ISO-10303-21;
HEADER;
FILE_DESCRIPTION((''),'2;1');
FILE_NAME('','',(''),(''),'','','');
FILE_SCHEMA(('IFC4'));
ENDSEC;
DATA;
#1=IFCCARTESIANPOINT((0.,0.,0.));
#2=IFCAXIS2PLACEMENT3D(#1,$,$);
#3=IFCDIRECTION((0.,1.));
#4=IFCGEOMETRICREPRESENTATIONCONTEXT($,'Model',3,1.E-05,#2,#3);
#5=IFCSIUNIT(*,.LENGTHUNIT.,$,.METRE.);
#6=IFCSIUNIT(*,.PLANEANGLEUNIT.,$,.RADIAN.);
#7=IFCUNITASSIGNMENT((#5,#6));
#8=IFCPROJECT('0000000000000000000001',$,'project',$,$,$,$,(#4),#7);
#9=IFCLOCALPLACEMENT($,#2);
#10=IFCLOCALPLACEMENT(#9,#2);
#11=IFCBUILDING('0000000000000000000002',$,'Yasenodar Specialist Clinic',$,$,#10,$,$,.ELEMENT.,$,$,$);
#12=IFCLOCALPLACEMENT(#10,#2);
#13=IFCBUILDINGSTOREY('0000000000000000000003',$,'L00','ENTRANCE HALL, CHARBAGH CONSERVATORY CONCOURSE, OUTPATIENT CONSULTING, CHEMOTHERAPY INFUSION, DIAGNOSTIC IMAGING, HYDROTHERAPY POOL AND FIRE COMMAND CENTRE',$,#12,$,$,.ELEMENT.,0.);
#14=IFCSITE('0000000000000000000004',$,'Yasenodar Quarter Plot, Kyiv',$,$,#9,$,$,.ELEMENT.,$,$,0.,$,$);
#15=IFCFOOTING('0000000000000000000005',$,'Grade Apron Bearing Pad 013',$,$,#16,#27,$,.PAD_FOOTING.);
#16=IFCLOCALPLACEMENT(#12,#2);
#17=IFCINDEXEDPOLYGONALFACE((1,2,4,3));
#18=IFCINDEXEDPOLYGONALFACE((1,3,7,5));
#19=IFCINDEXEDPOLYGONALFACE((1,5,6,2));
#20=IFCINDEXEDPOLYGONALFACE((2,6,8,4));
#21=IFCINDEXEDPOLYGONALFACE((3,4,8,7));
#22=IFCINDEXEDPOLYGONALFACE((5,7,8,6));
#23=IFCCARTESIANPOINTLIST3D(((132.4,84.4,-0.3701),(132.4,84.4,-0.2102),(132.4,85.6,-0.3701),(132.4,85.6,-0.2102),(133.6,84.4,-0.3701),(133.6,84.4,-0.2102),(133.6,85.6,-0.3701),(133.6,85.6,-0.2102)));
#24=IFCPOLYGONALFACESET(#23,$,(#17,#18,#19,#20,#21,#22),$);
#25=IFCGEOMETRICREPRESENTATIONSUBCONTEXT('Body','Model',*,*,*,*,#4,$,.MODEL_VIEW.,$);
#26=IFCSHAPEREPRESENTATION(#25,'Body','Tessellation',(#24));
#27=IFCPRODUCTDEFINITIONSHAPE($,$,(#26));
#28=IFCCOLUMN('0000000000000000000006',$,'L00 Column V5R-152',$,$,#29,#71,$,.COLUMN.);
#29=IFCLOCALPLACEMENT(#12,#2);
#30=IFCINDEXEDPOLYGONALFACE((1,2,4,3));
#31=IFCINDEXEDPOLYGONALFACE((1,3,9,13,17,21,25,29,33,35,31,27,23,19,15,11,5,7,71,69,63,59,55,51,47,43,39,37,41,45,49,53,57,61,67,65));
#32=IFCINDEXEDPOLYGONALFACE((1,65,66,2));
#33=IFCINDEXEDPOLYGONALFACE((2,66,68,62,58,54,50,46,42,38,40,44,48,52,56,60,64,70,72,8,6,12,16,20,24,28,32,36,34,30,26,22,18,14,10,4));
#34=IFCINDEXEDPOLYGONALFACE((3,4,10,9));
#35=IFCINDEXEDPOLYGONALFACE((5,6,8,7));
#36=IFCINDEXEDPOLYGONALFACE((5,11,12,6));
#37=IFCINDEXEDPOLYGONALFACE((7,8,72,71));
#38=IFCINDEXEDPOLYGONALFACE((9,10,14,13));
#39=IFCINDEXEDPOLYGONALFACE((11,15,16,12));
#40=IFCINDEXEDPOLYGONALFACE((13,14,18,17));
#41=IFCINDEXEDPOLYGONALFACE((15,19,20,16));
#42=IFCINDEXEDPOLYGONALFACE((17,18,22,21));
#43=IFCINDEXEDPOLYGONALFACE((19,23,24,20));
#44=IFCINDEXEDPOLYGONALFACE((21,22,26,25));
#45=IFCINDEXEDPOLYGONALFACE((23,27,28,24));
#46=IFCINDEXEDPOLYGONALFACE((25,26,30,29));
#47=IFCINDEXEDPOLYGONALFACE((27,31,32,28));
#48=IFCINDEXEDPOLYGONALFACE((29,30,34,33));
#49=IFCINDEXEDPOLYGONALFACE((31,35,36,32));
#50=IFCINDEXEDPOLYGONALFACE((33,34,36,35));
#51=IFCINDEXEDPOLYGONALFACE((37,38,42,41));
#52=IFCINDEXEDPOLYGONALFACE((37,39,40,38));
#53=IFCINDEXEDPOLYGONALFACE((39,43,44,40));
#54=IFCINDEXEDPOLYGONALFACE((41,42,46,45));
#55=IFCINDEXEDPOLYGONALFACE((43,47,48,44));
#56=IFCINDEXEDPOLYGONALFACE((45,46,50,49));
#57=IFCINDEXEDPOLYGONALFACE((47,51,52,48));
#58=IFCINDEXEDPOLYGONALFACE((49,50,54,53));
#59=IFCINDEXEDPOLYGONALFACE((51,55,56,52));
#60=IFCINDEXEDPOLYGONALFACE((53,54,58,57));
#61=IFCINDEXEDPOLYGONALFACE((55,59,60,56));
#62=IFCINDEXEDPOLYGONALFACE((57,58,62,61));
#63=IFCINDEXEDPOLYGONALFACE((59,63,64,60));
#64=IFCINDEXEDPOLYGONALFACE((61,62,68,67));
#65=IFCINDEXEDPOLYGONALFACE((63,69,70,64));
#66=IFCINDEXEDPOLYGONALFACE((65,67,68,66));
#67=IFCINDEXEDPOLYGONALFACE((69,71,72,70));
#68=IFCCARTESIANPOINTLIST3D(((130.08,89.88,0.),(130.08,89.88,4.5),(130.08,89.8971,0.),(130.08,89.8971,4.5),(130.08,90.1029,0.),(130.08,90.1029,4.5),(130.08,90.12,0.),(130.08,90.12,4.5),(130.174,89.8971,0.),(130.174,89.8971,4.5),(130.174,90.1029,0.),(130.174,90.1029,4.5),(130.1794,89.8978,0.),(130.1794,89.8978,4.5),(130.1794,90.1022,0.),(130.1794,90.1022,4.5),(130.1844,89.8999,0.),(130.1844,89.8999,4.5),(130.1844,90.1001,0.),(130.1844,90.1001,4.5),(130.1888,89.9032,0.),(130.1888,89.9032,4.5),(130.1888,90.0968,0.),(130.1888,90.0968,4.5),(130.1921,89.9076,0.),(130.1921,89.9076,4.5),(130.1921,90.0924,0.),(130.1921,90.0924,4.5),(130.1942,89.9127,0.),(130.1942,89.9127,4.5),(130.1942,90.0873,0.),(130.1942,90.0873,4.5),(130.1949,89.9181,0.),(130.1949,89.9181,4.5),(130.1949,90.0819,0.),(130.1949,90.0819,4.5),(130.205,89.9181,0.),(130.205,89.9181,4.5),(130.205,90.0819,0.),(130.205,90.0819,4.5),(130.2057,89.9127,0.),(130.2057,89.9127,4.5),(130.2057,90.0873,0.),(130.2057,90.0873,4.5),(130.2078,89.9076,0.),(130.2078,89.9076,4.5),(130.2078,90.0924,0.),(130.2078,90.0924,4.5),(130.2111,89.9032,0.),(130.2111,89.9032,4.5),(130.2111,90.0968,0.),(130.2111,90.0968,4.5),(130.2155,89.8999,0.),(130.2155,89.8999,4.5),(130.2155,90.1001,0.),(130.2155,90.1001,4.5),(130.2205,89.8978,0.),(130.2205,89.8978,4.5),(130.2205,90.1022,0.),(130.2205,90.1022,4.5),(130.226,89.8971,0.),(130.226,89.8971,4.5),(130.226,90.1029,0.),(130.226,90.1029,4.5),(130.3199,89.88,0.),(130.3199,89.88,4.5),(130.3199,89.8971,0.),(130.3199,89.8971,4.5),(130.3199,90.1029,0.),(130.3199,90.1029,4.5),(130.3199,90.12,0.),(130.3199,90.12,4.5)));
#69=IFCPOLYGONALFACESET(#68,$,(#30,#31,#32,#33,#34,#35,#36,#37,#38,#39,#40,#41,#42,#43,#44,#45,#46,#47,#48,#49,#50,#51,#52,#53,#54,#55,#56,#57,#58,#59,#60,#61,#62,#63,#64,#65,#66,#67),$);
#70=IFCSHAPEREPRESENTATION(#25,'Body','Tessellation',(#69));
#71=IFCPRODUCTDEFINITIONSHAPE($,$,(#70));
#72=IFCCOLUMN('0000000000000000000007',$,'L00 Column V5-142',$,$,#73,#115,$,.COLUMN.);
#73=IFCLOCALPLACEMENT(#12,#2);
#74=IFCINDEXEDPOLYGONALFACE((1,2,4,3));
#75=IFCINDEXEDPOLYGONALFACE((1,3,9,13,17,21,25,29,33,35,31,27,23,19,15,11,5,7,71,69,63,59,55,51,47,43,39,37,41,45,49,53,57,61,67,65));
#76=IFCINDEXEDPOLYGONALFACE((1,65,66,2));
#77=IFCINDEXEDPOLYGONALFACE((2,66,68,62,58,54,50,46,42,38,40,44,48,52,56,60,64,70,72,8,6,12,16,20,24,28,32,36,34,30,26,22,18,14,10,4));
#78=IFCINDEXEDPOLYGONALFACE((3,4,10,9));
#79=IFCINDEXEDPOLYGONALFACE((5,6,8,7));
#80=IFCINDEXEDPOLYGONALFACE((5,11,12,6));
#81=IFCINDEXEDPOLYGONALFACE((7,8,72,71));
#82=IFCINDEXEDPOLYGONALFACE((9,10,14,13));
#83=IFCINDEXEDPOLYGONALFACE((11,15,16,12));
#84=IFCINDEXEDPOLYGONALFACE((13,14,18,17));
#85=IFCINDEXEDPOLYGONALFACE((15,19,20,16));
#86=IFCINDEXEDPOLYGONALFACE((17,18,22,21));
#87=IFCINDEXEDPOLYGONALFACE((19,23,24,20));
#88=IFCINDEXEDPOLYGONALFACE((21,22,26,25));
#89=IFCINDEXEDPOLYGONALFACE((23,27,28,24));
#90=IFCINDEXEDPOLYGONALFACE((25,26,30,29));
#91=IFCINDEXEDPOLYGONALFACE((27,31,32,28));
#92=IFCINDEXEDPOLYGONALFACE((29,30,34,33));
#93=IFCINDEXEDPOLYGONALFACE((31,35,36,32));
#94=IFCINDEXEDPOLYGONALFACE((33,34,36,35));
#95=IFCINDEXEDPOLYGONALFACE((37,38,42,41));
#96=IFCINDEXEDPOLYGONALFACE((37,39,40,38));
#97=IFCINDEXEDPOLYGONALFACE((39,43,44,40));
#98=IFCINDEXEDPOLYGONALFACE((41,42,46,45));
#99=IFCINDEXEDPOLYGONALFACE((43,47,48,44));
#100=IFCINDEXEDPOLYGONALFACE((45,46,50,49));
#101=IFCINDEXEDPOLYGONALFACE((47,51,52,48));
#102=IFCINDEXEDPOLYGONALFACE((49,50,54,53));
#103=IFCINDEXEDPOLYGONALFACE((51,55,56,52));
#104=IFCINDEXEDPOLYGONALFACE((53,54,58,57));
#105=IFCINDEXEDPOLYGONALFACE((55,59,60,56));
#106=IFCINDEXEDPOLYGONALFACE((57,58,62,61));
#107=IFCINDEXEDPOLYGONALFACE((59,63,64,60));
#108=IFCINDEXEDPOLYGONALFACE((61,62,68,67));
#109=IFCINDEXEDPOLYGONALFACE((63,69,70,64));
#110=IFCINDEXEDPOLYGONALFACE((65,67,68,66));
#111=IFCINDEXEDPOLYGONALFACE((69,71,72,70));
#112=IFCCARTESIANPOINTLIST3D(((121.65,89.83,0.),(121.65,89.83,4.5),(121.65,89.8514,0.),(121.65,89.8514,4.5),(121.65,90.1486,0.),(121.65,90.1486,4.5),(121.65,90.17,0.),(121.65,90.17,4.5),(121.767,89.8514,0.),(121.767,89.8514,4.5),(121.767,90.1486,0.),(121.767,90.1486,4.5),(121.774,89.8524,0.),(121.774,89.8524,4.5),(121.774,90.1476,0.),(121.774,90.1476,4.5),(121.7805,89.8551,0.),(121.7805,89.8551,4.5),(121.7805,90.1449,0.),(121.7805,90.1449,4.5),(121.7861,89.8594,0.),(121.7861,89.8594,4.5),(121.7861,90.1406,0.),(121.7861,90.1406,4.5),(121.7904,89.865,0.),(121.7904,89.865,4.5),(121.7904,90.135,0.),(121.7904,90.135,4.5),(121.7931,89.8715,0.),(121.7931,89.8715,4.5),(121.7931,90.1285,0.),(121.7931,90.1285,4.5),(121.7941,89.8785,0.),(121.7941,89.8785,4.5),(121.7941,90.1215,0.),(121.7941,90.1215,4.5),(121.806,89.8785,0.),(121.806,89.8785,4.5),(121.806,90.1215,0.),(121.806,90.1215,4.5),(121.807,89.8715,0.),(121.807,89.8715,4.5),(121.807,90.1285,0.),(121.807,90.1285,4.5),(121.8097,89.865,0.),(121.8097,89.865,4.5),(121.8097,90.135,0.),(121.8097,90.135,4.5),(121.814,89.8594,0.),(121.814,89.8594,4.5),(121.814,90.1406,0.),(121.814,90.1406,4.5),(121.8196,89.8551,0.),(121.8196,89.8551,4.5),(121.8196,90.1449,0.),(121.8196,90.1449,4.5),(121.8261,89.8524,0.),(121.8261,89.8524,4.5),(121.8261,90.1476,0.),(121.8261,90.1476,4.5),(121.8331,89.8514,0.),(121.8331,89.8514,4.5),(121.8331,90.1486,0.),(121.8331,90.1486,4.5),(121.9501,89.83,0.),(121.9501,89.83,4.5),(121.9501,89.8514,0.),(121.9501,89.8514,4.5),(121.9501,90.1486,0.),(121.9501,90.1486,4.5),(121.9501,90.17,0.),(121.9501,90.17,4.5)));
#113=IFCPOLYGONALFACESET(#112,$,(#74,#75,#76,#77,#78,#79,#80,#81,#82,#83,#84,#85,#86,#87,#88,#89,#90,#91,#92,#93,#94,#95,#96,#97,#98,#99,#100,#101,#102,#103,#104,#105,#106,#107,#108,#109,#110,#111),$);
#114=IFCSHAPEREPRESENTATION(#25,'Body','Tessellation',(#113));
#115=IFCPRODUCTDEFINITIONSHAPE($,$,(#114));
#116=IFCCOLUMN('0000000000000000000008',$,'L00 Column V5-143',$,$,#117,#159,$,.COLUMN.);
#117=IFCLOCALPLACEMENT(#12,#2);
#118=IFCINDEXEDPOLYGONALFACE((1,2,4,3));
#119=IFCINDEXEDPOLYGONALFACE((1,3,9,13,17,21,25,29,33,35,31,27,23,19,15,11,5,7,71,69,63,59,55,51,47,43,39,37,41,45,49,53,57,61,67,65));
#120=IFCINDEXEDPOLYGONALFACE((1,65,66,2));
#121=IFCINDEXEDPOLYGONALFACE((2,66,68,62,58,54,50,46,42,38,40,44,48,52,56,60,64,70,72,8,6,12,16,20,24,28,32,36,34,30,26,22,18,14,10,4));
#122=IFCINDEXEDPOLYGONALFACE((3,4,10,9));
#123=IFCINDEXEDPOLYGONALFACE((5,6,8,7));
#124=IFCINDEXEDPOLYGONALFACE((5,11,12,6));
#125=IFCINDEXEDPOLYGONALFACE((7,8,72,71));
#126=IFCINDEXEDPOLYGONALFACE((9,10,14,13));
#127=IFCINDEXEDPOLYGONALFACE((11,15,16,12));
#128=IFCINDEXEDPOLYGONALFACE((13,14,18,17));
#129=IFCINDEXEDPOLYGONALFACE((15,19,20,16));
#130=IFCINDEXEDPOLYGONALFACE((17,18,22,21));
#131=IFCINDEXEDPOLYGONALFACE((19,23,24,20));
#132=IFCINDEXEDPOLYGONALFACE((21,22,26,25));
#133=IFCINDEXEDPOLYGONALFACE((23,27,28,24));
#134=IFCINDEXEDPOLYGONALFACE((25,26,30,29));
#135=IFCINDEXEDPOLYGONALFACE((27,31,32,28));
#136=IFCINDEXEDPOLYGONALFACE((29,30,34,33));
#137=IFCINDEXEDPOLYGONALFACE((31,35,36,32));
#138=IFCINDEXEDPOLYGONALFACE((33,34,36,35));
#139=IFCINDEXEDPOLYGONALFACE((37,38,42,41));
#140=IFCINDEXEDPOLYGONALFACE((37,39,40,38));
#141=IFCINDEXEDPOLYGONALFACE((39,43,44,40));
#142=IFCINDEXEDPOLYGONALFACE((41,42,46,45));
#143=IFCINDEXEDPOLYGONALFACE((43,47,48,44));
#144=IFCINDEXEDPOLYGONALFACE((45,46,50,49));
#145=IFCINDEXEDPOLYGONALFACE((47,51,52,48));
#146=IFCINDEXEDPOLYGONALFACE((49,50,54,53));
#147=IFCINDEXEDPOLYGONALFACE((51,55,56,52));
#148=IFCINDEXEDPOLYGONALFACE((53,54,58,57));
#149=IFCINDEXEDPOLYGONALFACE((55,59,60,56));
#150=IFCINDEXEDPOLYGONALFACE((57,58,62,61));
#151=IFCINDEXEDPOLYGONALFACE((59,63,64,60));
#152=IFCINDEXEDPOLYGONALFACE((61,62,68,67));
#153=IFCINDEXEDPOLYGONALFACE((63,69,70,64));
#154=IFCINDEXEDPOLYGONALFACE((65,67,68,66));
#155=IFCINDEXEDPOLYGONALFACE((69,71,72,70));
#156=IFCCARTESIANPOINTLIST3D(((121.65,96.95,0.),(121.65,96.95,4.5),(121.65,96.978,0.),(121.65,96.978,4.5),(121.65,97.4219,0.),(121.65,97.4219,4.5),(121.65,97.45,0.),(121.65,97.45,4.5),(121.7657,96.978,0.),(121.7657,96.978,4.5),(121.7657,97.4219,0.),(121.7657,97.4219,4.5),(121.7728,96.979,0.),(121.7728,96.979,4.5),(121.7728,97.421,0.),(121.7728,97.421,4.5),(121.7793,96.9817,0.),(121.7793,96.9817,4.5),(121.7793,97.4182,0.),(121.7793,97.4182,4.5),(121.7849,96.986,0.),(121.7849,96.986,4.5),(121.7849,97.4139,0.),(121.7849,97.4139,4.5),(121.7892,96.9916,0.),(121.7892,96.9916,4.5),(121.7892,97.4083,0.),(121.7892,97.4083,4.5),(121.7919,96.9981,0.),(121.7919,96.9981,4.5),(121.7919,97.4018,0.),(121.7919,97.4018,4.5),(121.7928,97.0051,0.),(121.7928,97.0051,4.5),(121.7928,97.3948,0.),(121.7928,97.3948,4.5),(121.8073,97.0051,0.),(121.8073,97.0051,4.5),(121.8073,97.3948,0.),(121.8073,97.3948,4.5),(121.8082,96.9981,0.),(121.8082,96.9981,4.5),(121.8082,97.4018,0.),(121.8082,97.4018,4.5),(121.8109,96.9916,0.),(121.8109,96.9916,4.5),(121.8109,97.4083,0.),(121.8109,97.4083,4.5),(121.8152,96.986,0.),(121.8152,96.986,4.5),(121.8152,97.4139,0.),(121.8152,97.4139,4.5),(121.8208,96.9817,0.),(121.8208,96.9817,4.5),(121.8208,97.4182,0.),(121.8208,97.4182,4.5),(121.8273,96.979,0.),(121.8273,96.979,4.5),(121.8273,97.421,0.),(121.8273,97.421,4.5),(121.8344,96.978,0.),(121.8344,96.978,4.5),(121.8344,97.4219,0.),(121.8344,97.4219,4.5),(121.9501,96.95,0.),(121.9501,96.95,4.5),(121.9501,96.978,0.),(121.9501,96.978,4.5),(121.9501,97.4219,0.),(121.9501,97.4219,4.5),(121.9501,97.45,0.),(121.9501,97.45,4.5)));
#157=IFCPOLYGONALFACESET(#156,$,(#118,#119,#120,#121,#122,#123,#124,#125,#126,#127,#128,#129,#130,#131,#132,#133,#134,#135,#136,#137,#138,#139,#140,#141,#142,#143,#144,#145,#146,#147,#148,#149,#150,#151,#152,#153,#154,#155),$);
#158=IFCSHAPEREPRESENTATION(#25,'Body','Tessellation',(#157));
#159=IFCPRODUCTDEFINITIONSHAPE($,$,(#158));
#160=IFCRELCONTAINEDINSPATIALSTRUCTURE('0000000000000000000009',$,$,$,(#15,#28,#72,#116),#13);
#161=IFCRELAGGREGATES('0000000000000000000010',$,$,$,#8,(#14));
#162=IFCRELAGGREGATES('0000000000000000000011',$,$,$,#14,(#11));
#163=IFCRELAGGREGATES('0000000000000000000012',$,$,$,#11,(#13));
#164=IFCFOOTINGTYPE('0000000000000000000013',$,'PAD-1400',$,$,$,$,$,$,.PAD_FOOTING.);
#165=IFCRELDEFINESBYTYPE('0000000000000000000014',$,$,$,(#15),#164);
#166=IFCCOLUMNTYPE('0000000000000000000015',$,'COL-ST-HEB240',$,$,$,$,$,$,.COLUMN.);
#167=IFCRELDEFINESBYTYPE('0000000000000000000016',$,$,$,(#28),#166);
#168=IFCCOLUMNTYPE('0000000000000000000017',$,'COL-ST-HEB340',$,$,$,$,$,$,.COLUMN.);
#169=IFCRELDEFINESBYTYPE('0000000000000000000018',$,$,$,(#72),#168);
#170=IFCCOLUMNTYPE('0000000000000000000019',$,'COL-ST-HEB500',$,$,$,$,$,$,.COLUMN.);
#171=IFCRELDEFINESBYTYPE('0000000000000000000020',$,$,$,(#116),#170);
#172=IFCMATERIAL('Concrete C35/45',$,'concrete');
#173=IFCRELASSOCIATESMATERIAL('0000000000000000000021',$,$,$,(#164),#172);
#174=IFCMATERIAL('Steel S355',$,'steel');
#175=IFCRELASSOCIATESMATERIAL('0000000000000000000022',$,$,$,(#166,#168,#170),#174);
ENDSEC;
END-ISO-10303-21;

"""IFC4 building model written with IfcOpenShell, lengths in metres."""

from ifc_helpers import new_model, si_unit, direction, frame, origin, origin_2d, place, context, subcontext, project, spatial, rectangle, i_section, extrude, material, material_profile, profile_set, type_object, element, save


model = new_model("IFC4")

# Units and contexts
model_context = context("Model", 3, precision=1e-05, world=origin(), true_north=direction((0.0, 1.0)))
body_context = subcontext(model_context, "Body", "Model", "MODEL_VIEW")
ifc_project = project(units=[si_unit("LENGTHUNIT", "METRE"), si_unit("PLANEANGLEUNIT", "RADIAN")], contexts=[model_context])

# Site, building, storey
site_placement = place(None, origin())
site = spatial("IfcSite", under=ifc_project, at=site_placement, Name="Yasenodar Quarter Plot, Kyiv", CompositionType="ELEMENT", RefElevation=0.0)
building_placement = place(site_placement, origin())
building = spatial("IfcBuilding", under=site, at=building_placement, Name="Yasenodar Specialist Clinic", CompositionType="ELEMENT")
storey_placement = place(building_placement, origin())
storey = spatial("IfcBuildingStorey", under=building, at=storey_placement, Name="L00", Description="ENTRANCE HALL, CHARBAGH CONSERVATORY CONCOURSE, OUTPATIENT CONSULTING, CHEMOTHERAPY INFUSION, DIAGNOSTIC IMAGING, HYDROTHERAPY POOL AND FIRE COMMAND CENTRE", CompositionType="ELEMENT", Elevation=0.0)

# Footing
ifc_material_1 = material(Name="Concrete C35/45", Category="concrete")
footing_type = type_object("IfcFootingType", Name="PAD-1400", PredefinedType="PAD_FOOTING", material=ifc_material_1)
footing_placement = place(storey_placement, frame((133.0, 85.0, -0.3701), z_axis=(0.0, 0.0, 1.0), x_axis=(1.0, 0.0, 0.0)))
element("IfcFooting", 1, at=footing_placement, inside=storey, type_object=footing_type, Name="Grade Apron Bearing Pad 013", PredefinedType="PAD_FOOTING", context=body_context, shape_type="SweptSolid", body=[
    extrude(rectangle(XDim=1.2, YDim=1.2, at=origin_2d()), origin(), (0.0, 0.0, 1.0), 0.1599),
])

# Columns
ifc_material_2 = material(Name="Steel S355", Category="steel")
ifc_material_profile_1 = material_profile(ifc_material_2, i_section(OverallWidth=0.24, OverallDepth=0.24, WebThickness=0.01, FlangeThickness=0.0171, FilletRadius=0.021, at=origin_2d()), Name="HEB 240")
ifc_profile_set_1 = profile_set([ifc_material_profile_1], Name="Steel S355")
column_type_1 = type_object("IfcColumnType", Name="COL-ST-HEB240", PredefinedType="COLUMN", material=ifc_profile_set_1)
column_1_placement = place(storey_placement, frame((130.2, 90.0, 0.0), z_axis=(0.0, 0.0, 1.0), x_axis=(1.0, 0.0, 0.0)))
element("IfcColumn", 2, at=column_1_placement, inside=storey, type_object=column_type_1, Name="L00 Column V5R-152", PredefinedType="COLUMN", context=body_context, shape_type="SweptSolid", body=[
    extrude(i_section(OverallWidth=0.24, OverallDepth=0.24, WebThickness=0.01, FlangeThickness=0.0171, FilletRadius=0.021, at=origin_2d()), origin(), (0.0, 0.0, 1.0), 4.5),
])
ifc_material_profile_2 = material_profile(ifc_material_2, i_section(OverallWidth=0.3, OverallDepth=0.3401, WebThickness=0.012, FlangeThickness=0.0215, FilletRadius=0.0271, at=origin_2d()), Name="HEB 340")
ifc_profile_set_2 = profile_set([ifc_material_profile_2], Name="Steel S355")
column_type_2 = type_object("IfcColumnType", Name="COL-ST-HEB340", PredefinedType="COLUMN", material=ifc_profile_set_2)
column_2_placement = place(storey_placement, frame((121.8, 90.0, 0.0), z_axis=(0.0, 0.0, 1.0), x_axis=(1.0, 0.0, 0.0)))
element("IfcColumn", 3, at=column_2_placement, inside=storey, type_object=column_type_2, Name="L00 Column V5-142", PredefinedType="COLUMN", context=body_context, shape_type="SweptSolid", body=[
    extrude(i_section(OverallWidth=0.3, OverallDepth=0.3401, WebThickness=0.012, FlangeThickness=0.0215, FilletRadius=0.0271, at=origin_2d()), origin(), (0.0, 0.0, 1.0), 4.5),
])
ifc_material_profile_3 = material_profile(ifc_material_2, i_section(OverallWidth=0.3, OverallDepth=0.5, WebThickness=0.0144, FlangeThickness=0.0281, FilletRadius=0.0271, at=origin_2d()), Name="HEB 500")
ifc_profile_set_3 = profile_set([ifc_material_profile_3], Name="Steel S355")
column_type_3 = type_object("IfcColumnType", Name="COL-ST-HEB500", PredefinedType="COLUMN", material=ifc_profile_set_3)
column_3_placement = place(storey_placement, frame((121.8, 97.2, 0.0), z_axis=(0.0, 0.0, 1.0), x_axis=(1.0, 0.0, 0.0)))
element("IfcColumn", 4, at=column_3_placement, inside=storey, type_object=column_type_3, Name="L00 Column V5-143", PredefinedType="COLUMN", context=body_context, shape_type="SweptSolid", body=[
    extrude(i_section(OverallWidth=0.3, OverallDepth=0.5, WebThickness=0.0144, FlangeThickness=0.0281, FilletRadius=0.0271, at=origin_2d()), origin(), (0.0, 0.0, 1.0), 4.5),
])

save(model, "model.ifc")
